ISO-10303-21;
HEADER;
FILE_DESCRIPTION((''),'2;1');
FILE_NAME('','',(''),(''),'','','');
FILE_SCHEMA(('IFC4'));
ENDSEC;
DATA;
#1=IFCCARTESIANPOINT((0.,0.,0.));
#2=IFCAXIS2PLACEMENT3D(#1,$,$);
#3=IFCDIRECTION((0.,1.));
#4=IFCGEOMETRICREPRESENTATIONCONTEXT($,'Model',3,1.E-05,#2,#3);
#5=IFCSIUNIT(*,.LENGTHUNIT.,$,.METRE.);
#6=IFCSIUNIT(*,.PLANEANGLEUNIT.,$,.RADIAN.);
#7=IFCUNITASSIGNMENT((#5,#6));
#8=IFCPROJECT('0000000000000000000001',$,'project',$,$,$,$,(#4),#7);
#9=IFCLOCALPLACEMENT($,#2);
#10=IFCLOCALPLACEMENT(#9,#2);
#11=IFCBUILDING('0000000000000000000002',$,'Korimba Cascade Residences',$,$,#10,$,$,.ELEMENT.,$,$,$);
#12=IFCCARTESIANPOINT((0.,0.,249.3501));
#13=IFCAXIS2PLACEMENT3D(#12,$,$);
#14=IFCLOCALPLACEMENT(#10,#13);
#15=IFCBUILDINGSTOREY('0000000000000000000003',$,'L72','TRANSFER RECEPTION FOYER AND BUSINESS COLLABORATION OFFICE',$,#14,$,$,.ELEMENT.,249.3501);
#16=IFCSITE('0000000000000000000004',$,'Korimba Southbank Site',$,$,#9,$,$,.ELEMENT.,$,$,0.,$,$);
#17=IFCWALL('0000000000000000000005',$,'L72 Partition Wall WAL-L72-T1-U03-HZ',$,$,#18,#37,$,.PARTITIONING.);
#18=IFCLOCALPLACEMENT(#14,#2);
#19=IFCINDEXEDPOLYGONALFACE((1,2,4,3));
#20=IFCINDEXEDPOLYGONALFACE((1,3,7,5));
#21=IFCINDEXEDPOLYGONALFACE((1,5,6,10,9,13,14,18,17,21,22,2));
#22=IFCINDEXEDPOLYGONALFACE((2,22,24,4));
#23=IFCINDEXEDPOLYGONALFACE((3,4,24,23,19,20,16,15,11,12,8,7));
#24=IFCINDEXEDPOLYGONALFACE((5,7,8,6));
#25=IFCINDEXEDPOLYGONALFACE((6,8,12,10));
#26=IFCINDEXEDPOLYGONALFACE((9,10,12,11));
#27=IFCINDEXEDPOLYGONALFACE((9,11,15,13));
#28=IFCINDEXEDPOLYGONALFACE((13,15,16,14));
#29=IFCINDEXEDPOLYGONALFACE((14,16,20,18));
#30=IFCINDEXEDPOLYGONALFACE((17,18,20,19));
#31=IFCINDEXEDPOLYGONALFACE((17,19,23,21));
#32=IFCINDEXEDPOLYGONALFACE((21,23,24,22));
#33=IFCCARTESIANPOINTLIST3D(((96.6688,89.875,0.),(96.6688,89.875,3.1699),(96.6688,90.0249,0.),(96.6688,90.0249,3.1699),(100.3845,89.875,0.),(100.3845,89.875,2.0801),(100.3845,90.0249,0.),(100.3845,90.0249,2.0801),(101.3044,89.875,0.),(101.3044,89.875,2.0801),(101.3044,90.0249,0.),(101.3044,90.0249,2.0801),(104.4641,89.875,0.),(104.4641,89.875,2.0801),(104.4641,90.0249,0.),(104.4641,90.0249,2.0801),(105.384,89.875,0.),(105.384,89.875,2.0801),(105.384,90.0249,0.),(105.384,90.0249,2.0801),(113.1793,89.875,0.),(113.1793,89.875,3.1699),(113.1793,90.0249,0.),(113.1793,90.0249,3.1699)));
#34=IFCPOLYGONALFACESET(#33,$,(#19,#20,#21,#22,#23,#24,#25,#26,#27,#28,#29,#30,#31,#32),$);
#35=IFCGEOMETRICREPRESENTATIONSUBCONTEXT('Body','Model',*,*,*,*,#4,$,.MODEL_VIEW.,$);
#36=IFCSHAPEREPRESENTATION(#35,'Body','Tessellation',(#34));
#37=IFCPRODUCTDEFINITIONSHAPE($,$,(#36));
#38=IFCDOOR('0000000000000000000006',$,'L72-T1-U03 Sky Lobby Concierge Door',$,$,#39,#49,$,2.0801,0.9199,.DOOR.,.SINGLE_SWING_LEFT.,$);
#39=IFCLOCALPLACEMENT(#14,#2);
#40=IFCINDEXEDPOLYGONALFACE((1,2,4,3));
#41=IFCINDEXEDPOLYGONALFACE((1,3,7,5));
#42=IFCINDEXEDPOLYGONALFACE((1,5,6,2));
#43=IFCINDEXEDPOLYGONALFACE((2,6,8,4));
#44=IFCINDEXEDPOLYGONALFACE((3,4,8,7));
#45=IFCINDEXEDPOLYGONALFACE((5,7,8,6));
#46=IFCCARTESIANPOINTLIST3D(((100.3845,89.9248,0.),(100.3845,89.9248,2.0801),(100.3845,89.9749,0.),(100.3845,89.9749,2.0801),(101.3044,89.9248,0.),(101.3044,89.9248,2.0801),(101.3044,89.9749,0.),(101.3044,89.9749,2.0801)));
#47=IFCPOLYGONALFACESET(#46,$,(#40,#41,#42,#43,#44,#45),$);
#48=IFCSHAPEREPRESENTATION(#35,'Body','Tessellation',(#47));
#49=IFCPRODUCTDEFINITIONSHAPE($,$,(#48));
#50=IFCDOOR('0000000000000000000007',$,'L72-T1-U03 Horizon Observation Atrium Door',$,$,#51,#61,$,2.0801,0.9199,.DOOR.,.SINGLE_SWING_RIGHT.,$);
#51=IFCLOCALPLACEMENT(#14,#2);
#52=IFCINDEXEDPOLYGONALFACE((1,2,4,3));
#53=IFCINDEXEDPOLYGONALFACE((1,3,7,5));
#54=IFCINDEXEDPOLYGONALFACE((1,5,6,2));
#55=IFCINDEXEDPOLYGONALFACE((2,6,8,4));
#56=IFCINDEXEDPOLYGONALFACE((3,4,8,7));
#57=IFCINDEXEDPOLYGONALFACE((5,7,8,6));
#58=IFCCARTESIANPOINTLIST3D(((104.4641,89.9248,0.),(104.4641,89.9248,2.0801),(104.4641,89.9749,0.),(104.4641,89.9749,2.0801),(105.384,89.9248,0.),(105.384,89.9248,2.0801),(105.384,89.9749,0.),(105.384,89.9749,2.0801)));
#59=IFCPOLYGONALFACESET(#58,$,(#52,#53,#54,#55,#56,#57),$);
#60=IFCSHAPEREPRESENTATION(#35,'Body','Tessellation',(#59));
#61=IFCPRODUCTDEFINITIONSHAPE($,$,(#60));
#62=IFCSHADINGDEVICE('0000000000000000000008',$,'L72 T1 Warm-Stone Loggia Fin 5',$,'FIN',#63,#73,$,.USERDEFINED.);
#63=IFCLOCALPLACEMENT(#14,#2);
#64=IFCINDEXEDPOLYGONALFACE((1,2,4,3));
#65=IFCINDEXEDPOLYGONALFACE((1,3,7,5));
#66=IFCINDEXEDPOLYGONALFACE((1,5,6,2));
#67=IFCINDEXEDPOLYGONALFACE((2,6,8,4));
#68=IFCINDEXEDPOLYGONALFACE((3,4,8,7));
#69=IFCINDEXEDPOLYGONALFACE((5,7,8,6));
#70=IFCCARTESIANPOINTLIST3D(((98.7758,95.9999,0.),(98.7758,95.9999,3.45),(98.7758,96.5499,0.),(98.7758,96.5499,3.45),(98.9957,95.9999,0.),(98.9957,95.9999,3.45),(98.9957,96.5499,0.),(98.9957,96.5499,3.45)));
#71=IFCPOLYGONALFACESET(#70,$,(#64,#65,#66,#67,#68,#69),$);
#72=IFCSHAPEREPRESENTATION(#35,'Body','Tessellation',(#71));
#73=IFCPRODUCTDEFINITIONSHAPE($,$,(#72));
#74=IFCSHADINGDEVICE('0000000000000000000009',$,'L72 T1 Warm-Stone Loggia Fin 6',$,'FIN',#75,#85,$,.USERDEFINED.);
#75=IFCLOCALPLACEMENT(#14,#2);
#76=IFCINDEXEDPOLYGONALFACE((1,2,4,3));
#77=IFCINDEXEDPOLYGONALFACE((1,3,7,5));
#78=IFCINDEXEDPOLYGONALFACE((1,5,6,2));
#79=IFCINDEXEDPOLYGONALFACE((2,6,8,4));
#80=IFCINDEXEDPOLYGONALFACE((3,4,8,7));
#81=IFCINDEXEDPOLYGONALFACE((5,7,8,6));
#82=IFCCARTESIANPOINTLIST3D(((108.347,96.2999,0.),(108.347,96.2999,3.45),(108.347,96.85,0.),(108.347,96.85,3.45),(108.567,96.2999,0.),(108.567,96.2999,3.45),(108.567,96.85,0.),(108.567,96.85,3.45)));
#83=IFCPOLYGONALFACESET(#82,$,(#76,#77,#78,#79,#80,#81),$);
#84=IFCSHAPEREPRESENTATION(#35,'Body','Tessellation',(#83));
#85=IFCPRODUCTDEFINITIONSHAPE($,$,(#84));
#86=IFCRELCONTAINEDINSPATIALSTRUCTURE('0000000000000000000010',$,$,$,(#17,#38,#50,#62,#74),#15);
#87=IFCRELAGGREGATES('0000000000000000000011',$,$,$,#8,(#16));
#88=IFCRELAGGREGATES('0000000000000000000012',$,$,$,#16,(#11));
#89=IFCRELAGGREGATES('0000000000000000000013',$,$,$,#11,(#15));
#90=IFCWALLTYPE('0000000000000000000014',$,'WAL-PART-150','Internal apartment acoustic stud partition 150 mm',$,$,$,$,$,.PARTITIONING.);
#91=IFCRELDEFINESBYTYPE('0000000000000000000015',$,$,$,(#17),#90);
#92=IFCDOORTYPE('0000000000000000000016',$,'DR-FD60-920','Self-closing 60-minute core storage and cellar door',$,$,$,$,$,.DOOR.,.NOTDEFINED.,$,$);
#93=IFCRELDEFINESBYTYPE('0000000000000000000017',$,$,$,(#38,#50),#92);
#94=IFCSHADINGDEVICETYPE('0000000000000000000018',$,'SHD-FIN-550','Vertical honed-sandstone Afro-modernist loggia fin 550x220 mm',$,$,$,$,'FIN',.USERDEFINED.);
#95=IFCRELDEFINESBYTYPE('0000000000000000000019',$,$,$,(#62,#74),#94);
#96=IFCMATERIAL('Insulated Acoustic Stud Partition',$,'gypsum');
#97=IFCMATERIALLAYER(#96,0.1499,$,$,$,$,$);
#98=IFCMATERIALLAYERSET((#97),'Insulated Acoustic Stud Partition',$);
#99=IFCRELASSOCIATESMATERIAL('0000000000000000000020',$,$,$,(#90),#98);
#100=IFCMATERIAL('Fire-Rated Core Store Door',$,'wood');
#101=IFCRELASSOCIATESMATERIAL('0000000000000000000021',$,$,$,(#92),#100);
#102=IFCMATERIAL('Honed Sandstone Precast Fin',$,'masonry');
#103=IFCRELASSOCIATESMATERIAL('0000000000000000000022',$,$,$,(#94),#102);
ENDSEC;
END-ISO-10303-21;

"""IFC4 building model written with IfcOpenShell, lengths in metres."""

from ifc_helpers import new_model, si_unit, direction, frame, frame_2d, origin, origin_2d, place, context, subcontext, project, spatial, rectangle, extrude, material, layer, layer_set, type_object, element, fill, save


model = new_model("IFC4")

# Units and contexts
model_context = context("Model", 3, precision=1e-05, world=origin(), true_north=direction((0.0, 1.0)))
body_context = subcontext(model_context, "Body", "Model", "MODEL_VIEW")
ifc_project = project(units=[si_unit("LENGTHUNIT", "METRE"), si_unit("PLANEANGLEUNIT", "RADIAN")], contexts=[model_context])

# Site, building, storey
site_placement = place(None, origin())
site = spatial("IfcSite", under=ifc_project, at=site_placement, Name="Korimba Southbank Site", CompositionType="ELEMENT", RefElevation=0.0)
building_placement = place(site_placement, origin())
building = spatial("IfcBuilding", under=site, at=building_placement, Name="Korimba Cascade Residences", CompositionType="ELEMENT")
storey_placement = place(building_placement, frame((0.0, 0.0, 249.3501)))
storey = spatial("IfcBuildingStorey", under=building, at=storey_placement, Name="L72", Description="TRANSFER RECEPTION FOYER AND BUSINESS COLLABORATION OFFICE", CompositionType="ELEMENT", Elevation=249.3501)

# Shared definitions
ifc_material_1 = material(Name="Insulated Acoustic Stud Partition", Category="gypsum")
ifc_layer_1 = layer(ifc_material_1, 0.1499)
ifc_layer_set_1 = layer_set([ifc_layer_1], Name="Insulated Acoustic Stud Partition")
wall_type_1 = type_object("IfcWallType", Name="WAL-PART-150", Description="Internal apartment acoustic stud partition 150 mm", PredefinedType="PARTITIONING", material=ifc_layer_set_1)

# Wall, openings, doors
wall_1_placement = place(storey_placement, frame((96.6687, 89.95, 0.0), z_axis=(0.0, 0.0, 1.0), x_axis=(1.0, 0.0, 0.0)))
wall_1 = element("IfcWall", 1, at=wall_1_placement, inside=storey, type_object=wall_type_1, Name="L72 Partition Wall WAL-L72-T1-U03-HZ", PredefinedType="PARTITIONING", context=body_context, shape_type="SweptSolid", body=[
    extrude(rectangle(XDim=16.5105, YDim=0.1499, at=frame_2d((8.2554, 0.0))), origin(), (0.0, 0.0, 1.0), 3.1699),
])
opening_1_placement = place(wall_1_placement, frame((3.7158, 0.0, 0.0)))
opening_1 = element("IfcOpeningElement", 2, at=opening_1_placement, cuts=wall_1, PredefinedType="OPENING", context=body_context, shape_type="SweptSolid", body=[
    extrude(rectangle(XDim=0.9199, YDim=2.0801, at=frame_2d((0.46, 1.04))), frame((0.0, 0.085, 0.0), z_axis=(0.0, -1.0, 0.0), x_axis=(1.0, 0.0, 0.0)), (0.0, 0.0, 1.0), 0.1699),
])
opening_2_placement = place(wall_1_placement, frame((7.7954, 0.0, 0.0)))
opening_2 = element("IfcOpeningElement", 3, at=opening_2_placement, cuts=wall_1, PredefinedType="OPENING", context=body_context, shape_type="SweptSolid", body=[
    extrude(rectangle(XDim=0.9199, YDim=2.0801, at=frame_2d((0.46, 1.04))), frame((0.0, 0.085, 0.0), z_axis=(0.0, -1.0, 0.0), x_axis=(1.0, 0.0, 0.0)), (0.0, 0.0, 1.0), 0.1699),
])
ifc_material_2 = material(Name="Fire-Rated Core Store Door", Category="wood")
door_type_1 = type_object("IfcDoorType", Name="DR-FD60-920", Description="Self-closing 60-minute core storage and cellar door", OperationType="NOTDEFINED", PredefinedType="DOOR", material=ifc_material_2)
door_1_placement = place(opening_1_placement, origin())
door_1 = element("IfcDoor", 4, at=door_1_placement, inside=storey, type_object=door_type_1, Name="L72-T1-U03 Sky Lobby Concierge Door", OperationType="SINGLE_SWING_LEFT", OverallHeight=2.0801, OverallWidth=0.9199, PredefinedType="DOOR", context=body_context, shape_type="SweptSolid", body=[
    extrude(rectangle(XDim=0.9199, YDim=2.0801, at=frame_2d((0.46, 1.04))), frame((0.0, 0.0249, 0.0), z_axis=(0.0, -1.0, 0.0), x_axis=(1.0, 0.0, 0.0)), (0.0, 0.0, 1.0), 0.05),
])
fill(opening_1, door_1)
door_2_placement = place(opening_2_placement, origin())
door_2 = element("IfcDoor", 5, at=door_2_placement, inside=storey, type_object=door_type_1, Name="L72-T1-U03 Horizon Observation Atrium Door", OperationType="SINGLE_SWING_RIGHT", OverallHeight=2.0801, OverallWidth=0.9199, PredefinedType="DOOR", context=body_context, shape_type="SweptSolid", body=[
    extrude(rectangle(XDim=0.9199, YDim=2.0801, at=frame_2d((0.46, 1.04))), frame((0.0, 0.0249, 0.0), z_axis=(0.0, -1.0, 0.0), x_axis=(1.0, 0.0, 0.0)), (0.0, 0.0, 1.0), 0.05),
])
fill(opening_2, door_2)

# Shading devices
ifc_material_3 = material(Name="Honed Sandstone Precast Fin", Category="masonry")
shading_device_type = type_object("IfcShadingDeviceType", Name="SHD-FIN-550", Description="Vertical honed-sandstone Afro-modernist loggia fin 550x220 mm", ElementType="FIN", PredefinedType="USERDEFINED", material=ifc_material_3)
for number, where, z_axis, x_axis, name in (
    (6, (98.8857, 96.2749, 0.0), (0.0, 0.0, 1.0), (1.0, 0.0, 0.0), "L72 T1 Warm-Stone Loggia Fin 5"),
    (7, (108.457, 96.575, 0.0), (0.0, 0.0, 1.0), (1.0, 0.0, 0.0), "L72 T1 Warm-Stone Loggia Fin 6"),
):
    element("IfcShadingDevice", number, at=place(storey_placement, frame(where, z_axis=z_axis, x_axis=x_axis)), inside=storey, type_object=shading_device_type, Name=name, ObjectType="FIN", PredefinedType="USERDEFINED", context=body_context, shape_type="SweptSolid", body=[
        extrude(rectangle(XDim=0.22, YDim=0.55, at=origin_2d()), origin(), (0.0, 0.0, 1.0), 3.45),
    ])

save(model, "model.ifc")
